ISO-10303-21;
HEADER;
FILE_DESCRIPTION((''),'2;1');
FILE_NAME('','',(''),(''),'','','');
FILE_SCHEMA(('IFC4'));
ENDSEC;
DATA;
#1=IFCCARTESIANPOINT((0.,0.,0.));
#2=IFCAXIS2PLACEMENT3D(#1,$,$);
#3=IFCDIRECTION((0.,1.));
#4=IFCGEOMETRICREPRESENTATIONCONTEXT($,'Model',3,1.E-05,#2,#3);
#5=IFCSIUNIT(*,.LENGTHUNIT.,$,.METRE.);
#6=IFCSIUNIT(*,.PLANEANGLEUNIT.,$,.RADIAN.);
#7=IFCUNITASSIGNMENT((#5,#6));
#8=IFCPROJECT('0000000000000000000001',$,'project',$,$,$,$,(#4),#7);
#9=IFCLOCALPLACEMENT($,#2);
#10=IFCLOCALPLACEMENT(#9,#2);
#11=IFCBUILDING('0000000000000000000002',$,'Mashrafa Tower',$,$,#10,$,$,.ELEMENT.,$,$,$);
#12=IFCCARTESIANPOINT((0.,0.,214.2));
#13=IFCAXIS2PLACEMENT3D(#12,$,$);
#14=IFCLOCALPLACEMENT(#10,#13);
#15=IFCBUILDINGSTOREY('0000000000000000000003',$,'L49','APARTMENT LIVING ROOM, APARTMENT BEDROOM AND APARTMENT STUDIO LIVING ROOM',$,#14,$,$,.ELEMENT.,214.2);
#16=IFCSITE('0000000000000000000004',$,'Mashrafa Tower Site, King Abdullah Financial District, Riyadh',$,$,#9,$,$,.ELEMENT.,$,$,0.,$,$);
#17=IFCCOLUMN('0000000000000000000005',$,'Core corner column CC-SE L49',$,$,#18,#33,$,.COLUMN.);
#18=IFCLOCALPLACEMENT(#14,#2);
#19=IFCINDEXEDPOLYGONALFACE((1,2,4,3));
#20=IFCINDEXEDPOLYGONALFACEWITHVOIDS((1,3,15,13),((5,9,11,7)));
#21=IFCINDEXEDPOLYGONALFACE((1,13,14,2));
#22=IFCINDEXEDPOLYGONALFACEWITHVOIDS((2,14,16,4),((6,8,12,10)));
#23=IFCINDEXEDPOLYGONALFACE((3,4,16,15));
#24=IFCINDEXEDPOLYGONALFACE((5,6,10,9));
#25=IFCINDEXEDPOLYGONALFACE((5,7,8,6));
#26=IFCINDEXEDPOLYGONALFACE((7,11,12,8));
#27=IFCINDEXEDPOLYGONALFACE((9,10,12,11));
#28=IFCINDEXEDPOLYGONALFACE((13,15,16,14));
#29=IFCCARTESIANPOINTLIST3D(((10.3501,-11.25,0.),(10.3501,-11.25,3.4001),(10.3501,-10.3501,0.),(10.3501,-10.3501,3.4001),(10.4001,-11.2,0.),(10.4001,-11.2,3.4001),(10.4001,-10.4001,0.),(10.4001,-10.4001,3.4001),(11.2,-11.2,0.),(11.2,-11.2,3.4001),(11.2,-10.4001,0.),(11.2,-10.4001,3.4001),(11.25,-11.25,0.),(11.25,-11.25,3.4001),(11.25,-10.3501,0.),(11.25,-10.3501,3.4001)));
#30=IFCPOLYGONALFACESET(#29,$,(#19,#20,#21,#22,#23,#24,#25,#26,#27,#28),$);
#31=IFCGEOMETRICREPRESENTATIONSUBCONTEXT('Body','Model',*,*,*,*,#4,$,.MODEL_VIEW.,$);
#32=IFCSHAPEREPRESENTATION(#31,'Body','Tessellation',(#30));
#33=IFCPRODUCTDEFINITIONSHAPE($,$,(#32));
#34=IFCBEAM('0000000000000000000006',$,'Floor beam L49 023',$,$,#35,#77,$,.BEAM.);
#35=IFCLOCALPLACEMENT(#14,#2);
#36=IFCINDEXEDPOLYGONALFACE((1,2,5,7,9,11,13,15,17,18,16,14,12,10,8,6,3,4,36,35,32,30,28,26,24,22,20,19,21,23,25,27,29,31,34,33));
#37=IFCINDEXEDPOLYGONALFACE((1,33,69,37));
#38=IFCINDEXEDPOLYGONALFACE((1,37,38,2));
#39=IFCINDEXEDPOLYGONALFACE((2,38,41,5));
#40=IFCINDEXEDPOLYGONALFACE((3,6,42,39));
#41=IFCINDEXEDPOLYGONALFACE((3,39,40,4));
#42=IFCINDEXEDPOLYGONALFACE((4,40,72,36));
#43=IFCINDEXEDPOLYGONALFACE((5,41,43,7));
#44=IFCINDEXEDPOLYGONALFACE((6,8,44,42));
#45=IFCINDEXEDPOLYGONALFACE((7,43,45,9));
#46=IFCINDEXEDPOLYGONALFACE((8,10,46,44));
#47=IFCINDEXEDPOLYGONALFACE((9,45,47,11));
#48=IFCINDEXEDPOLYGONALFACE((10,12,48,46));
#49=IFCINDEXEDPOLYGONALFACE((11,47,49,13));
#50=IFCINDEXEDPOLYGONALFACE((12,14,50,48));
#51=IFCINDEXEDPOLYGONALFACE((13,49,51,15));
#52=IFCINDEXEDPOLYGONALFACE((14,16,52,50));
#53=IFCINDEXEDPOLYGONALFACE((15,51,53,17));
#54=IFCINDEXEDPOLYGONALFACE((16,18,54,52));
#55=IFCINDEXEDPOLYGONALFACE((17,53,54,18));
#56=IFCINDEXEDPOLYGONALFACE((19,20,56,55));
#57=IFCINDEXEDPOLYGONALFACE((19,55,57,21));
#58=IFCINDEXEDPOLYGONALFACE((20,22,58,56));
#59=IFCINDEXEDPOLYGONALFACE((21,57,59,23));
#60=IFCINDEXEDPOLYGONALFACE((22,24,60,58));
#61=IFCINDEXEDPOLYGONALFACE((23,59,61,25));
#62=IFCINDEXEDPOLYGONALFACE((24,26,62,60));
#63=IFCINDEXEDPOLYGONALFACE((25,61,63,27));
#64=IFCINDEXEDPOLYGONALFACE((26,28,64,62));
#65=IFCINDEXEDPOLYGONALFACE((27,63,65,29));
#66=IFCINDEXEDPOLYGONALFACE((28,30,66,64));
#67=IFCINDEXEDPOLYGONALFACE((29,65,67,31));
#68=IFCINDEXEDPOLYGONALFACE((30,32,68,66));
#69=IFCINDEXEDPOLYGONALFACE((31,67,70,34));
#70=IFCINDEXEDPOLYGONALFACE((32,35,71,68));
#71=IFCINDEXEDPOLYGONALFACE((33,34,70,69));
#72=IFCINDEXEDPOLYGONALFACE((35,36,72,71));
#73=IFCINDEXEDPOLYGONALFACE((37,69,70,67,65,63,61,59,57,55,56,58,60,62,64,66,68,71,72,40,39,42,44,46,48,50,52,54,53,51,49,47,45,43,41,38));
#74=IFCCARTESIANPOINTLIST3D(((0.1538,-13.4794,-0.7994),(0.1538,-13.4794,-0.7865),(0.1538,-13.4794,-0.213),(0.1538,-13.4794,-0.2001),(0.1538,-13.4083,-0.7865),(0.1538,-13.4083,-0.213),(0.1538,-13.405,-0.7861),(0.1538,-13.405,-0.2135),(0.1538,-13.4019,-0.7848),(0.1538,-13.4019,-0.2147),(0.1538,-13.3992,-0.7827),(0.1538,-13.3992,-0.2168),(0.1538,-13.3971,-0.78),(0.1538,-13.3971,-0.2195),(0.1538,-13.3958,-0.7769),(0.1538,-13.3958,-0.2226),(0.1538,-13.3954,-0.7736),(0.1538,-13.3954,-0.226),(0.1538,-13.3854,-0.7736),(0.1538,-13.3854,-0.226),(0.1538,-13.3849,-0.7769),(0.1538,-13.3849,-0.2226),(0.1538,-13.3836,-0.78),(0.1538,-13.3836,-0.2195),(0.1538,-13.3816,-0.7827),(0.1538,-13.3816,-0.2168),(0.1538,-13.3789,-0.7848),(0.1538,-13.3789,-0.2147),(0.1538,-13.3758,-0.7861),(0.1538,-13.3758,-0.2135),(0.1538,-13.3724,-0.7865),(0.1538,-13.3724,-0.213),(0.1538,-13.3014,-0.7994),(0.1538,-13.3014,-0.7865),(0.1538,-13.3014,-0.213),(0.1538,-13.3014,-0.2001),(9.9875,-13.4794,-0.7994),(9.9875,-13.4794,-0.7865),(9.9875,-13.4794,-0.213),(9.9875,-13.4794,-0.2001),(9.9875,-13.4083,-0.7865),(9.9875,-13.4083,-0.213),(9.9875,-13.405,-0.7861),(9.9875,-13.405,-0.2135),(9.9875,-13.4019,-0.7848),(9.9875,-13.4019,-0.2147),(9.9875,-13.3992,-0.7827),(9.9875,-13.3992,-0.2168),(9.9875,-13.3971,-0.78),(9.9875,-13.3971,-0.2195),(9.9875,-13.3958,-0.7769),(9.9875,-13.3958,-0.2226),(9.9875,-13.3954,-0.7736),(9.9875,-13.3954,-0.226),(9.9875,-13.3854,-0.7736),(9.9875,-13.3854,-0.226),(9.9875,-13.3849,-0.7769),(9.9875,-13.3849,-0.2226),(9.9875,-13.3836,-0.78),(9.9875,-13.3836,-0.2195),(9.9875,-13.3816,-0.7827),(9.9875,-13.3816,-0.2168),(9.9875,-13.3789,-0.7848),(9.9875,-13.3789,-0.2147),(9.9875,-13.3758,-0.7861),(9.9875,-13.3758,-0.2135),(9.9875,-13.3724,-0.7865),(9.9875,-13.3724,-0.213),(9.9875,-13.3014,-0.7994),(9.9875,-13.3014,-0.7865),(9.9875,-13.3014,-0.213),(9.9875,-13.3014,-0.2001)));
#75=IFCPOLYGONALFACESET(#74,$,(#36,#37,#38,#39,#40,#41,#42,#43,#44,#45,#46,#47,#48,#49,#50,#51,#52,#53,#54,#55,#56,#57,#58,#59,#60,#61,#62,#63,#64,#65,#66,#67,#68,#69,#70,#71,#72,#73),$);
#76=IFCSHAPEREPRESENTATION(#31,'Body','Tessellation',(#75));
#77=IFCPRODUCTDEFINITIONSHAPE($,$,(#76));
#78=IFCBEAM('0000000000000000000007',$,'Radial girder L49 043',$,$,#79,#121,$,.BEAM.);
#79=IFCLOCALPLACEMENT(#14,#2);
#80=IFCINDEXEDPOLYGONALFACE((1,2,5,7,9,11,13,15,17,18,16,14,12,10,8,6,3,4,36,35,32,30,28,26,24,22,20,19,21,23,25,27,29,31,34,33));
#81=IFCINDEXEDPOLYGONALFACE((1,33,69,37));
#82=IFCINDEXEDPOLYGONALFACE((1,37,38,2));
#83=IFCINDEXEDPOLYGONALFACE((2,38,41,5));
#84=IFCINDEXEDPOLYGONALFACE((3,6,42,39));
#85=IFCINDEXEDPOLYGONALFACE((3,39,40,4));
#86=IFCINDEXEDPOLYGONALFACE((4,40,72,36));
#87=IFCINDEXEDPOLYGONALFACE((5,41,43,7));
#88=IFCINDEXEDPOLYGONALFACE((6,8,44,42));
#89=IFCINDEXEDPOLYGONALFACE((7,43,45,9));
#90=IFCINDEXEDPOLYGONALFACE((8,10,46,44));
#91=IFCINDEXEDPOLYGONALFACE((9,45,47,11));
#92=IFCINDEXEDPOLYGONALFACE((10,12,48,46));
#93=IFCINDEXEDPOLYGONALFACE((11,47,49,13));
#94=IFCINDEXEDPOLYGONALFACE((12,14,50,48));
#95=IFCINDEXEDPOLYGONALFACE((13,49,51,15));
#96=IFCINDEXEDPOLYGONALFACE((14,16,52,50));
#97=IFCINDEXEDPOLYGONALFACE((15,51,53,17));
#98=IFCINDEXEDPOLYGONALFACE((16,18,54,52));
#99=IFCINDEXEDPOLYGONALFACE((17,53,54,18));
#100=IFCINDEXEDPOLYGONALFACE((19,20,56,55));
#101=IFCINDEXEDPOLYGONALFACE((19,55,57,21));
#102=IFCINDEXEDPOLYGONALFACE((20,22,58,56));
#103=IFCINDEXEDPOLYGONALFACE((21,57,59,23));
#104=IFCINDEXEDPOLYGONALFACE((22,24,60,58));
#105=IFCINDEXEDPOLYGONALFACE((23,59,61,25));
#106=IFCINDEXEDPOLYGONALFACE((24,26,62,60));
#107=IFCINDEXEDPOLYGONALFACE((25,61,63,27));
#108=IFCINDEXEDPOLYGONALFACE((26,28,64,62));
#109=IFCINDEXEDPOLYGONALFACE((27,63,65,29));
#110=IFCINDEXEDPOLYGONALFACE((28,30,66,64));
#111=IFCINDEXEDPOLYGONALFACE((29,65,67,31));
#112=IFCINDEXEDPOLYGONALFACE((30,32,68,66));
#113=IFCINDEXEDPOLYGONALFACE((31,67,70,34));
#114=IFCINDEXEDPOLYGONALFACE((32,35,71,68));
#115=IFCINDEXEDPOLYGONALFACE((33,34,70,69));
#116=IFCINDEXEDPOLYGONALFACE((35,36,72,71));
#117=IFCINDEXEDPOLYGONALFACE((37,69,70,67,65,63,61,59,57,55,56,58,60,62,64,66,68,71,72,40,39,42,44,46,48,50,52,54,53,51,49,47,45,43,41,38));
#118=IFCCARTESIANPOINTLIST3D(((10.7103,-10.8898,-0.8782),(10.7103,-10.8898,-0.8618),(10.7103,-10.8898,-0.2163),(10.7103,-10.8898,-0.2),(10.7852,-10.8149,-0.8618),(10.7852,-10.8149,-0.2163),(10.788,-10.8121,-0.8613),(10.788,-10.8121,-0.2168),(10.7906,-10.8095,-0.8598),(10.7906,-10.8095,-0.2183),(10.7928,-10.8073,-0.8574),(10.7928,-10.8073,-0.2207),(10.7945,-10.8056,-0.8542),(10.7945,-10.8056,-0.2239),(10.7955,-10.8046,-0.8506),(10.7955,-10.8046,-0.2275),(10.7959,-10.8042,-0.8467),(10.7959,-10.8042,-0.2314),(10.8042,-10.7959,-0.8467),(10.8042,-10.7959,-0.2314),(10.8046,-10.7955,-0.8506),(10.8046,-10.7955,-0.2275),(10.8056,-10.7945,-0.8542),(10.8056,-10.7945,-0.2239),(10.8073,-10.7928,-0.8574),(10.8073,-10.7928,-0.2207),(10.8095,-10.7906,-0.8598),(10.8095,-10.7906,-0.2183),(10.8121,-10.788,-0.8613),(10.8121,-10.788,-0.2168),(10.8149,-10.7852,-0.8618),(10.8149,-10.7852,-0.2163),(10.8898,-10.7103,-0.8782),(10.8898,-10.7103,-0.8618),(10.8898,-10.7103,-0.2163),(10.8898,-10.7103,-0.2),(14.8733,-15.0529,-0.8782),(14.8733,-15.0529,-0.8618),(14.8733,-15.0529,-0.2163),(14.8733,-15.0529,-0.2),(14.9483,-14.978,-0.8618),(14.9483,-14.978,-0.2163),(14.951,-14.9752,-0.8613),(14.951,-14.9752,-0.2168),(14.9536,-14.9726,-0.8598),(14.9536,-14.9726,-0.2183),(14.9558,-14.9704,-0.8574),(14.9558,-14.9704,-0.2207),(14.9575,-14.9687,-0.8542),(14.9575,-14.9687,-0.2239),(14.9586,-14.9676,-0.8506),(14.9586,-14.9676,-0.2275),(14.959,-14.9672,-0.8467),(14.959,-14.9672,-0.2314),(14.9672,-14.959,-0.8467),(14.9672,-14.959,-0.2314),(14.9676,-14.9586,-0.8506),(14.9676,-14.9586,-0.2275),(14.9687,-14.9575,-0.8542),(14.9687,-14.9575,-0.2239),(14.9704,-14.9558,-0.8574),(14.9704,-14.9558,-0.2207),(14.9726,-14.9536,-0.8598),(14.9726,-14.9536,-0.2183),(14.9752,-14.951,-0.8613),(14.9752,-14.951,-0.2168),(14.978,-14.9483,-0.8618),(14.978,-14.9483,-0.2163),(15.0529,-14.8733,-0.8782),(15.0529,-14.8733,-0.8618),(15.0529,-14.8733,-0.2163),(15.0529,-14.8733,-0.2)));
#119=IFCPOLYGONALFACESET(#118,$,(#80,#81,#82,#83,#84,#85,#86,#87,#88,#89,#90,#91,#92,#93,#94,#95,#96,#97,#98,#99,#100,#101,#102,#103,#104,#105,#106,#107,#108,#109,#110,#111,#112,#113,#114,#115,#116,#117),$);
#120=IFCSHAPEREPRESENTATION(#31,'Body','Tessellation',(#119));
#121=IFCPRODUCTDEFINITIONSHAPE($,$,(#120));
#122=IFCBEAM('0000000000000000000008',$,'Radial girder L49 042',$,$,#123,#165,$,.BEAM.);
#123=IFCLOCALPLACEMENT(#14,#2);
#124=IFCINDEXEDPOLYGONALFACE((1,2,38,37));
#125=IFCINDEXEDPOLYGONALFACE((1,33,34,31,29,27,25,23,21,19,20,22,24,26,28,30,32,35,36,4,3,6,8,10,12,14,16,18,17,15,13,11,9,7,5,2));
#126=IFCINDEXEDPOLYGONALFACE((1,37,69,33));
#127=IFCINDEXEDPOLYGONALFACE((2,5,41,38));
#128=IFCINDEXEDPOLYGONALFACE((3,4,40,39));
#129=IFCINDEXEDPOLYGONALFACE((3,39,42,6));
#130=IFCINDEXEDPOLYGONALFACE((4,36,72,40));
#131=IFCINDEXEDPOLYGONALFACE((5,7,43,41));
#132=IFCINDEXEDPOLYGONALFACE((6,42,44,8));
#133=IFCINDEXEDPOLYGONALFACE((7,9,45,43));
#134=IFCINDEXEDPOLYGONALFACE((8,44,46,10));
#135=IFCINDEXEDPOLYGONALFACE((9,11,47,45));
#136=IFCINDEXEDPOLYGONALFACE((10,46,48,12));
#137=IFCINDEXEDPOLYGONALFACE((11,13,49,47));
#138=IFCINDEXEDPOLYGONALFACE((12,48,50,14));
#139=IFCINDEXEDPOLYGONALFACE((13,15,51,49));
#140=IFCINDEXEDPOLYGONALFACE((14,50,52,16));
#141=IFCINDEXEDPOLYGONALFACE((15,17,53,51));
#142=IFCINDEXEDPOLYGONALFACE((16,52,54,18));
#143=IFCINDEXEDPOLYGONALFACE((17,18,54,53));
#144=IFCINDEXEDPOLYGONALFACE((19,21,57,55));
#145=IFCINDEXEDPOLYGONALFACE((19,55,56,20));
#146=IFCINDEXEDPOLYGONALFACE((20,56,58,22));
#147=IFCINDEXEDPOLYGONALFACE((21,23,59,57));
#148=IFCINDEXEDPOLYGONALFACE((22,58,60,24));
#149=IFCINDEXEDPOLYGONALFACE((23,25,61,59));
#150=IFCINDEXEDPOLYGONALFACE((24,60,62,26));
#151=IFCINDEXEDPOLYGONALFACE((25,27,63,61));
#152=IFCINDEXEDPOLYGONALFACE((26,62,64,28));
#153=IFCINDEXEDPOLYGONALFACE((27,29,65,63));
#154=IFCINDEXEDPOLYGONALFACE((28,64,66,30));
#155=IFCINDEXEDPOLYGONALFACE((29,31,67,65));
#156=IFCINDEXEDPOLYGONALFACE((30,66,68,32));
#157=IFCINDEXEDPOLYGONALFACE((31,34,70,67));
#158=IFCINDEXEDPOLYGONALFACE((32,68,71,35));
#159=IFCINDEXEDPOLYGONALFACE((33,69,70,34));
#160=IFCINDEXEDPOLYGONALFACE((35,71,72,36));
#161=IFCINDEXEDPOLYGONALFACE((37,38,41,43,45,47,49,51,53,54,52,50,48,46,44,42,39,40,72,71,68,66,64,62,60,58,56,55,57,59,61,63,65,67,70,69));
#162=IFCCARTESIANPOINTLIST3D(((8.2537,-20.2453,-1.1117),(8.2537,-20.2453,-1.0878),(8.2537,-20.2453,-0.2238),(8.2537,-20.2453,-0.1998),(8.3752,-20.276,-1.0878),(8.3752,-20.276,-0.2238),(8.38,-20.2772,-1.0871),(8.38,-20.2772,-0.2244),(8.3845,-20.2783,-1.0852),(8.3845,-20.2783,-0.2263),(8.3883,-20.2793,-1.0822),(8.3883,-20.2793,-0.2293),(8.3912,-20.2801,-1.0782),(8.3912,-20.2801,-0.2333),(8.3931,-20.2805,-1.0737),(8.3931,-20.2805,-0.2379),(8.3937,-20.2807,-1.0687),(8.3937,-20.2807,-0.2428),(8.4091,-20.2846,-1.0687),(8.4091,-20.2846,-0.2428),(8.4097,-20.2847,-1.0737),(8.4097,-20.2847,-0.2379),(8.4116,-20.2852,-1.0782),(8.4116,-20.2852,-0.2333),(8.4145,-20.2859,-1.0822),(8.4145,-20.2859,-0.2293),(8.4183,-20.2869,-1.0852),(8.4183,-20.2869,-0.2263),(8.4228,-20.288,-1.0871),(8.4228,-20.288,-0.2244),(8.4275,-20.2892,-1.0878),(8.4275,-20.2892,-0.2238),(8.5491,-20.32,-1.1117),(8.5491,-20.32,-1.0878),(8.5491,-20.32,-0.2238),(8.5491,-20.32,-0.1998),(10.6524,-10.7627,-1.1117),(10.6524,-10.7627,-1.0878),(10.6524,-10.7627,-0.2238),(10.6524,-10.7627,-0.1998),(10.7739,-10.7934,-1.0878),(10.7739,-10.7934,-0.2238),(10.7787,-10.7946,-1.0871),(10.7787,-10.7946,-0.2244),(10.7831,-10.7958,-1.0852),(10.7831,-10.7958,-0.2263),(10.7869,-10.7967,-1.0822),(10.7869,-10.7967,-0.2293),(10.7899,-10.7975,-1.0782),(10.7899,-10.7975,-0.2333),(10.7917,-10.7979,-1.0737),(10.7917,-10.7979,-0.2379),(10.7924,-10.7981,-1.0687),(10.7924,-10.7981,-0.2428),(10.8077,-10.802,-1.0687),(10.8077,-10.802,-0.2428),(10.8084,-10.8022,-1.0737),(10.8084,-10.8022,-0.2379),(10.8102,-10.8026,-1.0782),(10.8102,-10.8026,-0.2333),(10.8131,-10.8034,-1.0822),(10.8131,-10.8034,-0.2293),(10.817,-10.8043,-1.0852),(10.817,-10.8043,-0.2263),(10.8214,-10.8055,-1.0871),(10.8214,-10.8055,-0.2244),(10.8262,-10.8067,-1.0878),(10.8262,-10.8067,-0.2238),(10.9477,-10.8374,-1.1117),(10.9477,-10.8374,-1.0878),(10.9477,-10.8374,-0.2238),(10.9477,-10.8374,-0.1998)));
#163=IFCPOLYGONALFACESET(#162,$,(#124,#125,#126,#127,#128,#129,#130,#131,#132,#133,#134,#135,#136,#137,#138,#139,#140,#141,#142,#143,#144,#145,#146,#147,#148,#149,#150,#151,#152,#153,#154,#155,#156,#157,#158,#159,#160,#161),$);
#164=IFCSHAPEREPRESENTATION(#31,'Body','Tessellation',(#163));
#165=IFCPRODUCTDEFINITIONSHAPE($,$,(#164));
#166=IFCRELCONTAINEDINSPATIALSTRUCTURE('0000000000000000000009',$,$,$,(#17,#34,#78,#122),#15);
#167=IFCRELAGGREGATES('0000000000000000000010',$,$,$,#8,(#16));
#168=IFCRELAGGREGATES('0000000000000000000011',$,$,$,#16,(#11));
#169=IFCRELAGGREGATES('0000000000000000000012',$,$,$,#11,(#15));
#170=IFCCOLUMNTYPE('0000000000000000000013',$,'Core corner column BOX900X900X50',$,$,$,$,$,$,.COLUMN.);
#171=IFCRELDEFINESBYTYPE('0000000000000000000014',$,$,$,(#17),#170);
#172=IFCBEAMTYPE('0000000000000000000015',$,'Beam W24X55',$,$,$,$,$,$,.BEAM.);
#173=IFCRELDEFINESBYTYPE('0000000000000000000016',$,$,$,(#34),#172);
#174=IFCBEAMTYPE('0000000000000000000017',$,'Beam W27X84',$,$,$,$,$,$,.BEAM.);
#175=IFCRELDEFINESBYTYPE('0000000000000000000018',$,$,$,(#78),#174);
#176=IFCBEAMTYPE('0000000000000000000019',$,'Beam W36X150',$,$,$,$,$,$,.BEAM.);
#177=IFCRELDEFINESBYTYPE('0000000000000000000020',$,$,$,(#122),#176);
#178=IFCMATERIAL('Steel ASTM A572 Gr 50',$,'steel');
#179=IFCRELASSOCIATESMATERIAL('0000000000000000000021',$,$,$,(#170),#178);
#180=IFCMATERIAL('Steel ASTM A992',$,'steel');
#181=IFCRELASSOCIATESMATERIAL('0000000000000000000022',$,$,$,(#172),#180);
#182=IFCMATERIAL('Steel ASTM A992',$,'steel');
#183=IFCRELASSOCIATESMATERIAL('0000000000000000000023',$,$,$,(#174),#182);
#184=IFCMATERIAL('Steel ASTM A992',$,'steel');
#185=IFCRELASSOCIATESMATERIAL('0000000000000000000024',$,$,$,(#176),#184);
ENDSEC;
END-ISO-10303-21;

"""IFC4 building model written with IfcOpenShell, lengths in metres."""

from ifc_helpers import new_model, si_unit, direction, frame, origin, origin_2d, place, context, subcontext, project, spatial, hollow_rectangle, i_section, extrude, material, material_profile, profile_set, type_object, element, save


model = new_model("IFC4")

# Units and contexts
model_context = context("Model", 3, precision=1e-05, world=origin(), true_north=direction((0.0, 1.0)))
body_context = subcontext(model_context, "Body", "Model", "MODEL_VIEW")
ifc_project = project(units=[si_unit("LENGTHUNIT", "METRE"), si_unit("PLANEANGLEUNIT", "RADIAN")], contexts=[model_context])

# Site, building, storey
site_placement = place(None, origin())
site = spatial("IfcSite", under=ifc_project, at=site_placement, Name="Mashrafa Tower Site, King Abdullah Financial District, Riyadh", CompositionType="ELEMENT", RefElevation=0.0)
building_placement = place(site_placement, origin())
building = spatial("IfcBuilding", under=site, at=building_placement, Name="Mashrafa Tower", CompositionType="ELEMENT")
storey_placement = place(building_placement, frame((0.0, 0.0, 214.2)))
storey = spatial("IfcBuildingStorey", under=building, at=storey_placement, Name="L49", Description="APARTMENT LIVING ROOM, APARTMENT BEDROOM AND APARTMENT STUDIO LIVING ROOM", CompositionType="ELEMENT", Elevation=214.2)

# Column
ifc_material_1 = material(Name="Steel ASTM A572 Gr 50", Category="steel")
ifc_material_profile_1 = material_profile(ifc_material_1, hollow_rectangle(XDim=0.8999, YDim=0.8999, WallThickness=0.05, at=origin_2d()), Name="BOX900X900X50")
ifc_profile_set_1 = profile_set([ifc_material_profile_1], Name="Steel ASTM A572 Gr 50")
column_type = type_object("IfcColumnType", Name="Core corner column BOX900X900X50", PredefinedType="COLUMN", material=ifc_profile_set_1)
column_placement = place(storey_placement, frame((10.8, -10.8, 0.0), z_axis=(0.0, 0.0, 1.0), x_axis=(1.0, 0.0, 0.0)))
element("IfcColumn", 1, at=column_placement, inside=storey, type_object=column_type, Name="Core corner column CC-SE L49", PredefinedType="COLUMN", context=body_context, shape_type="SweptSolid", body=[
    extrude(hollow_rectangle(XDim=0.8999, YDim=0.8999, WallThickness=0.05, at=origin_2d()), origin(), (0.0, 0.0, 1.0), 3.4001),
])

# Beams
ifc_material_2 = material(Name="Steel ASTM A992", Category="steel")
ifc_material_profile_2 = material_profile(ifc_material_2, i_section(OverallWidth=0.178, OverallDepth=0.5994, WebThickness=0.01, FlangeThickness=0.0129, FilletRadius=0.0129, at=origin_2d()), Name="W24X55")
ifc_profile_set_2 = profile_set([ifc_material_profile_2], Name="Steel ASTM A992")
beam_type_1 = type_object("IfcBeamType", Name="Beam W24X55", PredefinedType="BEAM", material=ifc_profile_set_2)
beam_1_placement = place(storey_placement, frame((9.9875, -13.3904, -0.4998), z_axis=(-1.0, 0.0, 0.0), x_axis=(0.0, -1.0, 0.0)))
element("IfcBeam", 2, at=beam_1_placement, inside=storey, type_object=beam_type_1, Name="Floor beam L49 023", PredefinedType="BEAM", context=body_context, shape_type="SweptSolid", body=[
    extrude(i_section(OverallWidth=0.178, OverallDepth=0.5994, WebThickness=0.01, FlangeThickness=0.0129, FilletRadius=0.0129, at=origin_2d()), origin(), (0.0, 0.0, 1.0), 9.8337),
])
ifc_material_3 = material(Name="Steel ASTM A992", Category="steel")
ifc_material_profile_3 = material_profile(ifc_material_3, i_section(OverallWidth=0.2539, OverallDepth=0.6782, WebThickness=0.0117, FlangeThickness=0.0164, FilletRadius=0.0151, at=origin_2d()), Name="W27X84")
ifc_profile_set_3 = profile_set([ifc_material_profile_3], Name="Steel ASTM A992")
beam_type_2 = type_object("IfcBeamType", Name="Beam W27X84", PredefinedType="BEAM", material=ifc_profile_set_3)
beam_2_placement = place(storey_placement, frame((10.8, -10.8, -0.5391), z_axis=(0.707107, -0.707107, 0.0), x_axis=(0.707107, 0.707107, 0.0)))
element("IfcBeam", 3, at=beam_2_placement, inside=storey, type_object=beam_type_2, Name="Radial girder L49 043", PredefinedType="BEAM", context=body_context, shape_type="SweptSolid", body=[
    extrude(i_section(OverallWidth=0.2539, OverallDepth=0.6782, WebThickness=0.0117, FlangeThickness=0.0164, FilletRadius=0.0151, at=origin_2d()), origin(), (0.0, 0.0, 1.0), 5.8875),
])
ifc_material_4 = material(Name="Steel ASTM A992", Category="steel")
ifc_material_profile_4 = material_profile(ifc_material_4, i_section(OverallWidth=0.3047, OverallDepth=0.9119, WebThickness=0.0159, FlangeThickness=0.0239, FilletRadius=0.019, at=origin_2d()), Name="W36X150")
ifc_profile_set_4 = profile_set([ifc_material_profile_4], Name="Steel ASTM A992")
beam_type_3 = type_object("IfcBeamType", Name="Beam W36X150", PredefinedType="BEAM", material=ifc_profile_set_4)
beam_3_placement = place(storey_placement, frame((10.8, -10.8, -0.6558), z_axis=(-0.24523, -0.969465, 0.0), x_axis=(0.969465, -0.24523, 0.0)))
element("IfcBeam", 4, at=beam_3_placement, inside=storey, type_object=beam_type_3, Name="Radial girder L49 042", PredefinedType="BEAM", context=body_context, shape_type="SweptSolid", body=[
    extrude(i_section(OverallWidth=0.3047, OverallDepth=0.9119, WebThickness=0.0159, FlangeThickness=0.0239, FilletRadius=0.019, at=origin_2d()), origin(), (0.0, 0.0, 1.0), 9.7812),
])

save(model, "model.ifc")
